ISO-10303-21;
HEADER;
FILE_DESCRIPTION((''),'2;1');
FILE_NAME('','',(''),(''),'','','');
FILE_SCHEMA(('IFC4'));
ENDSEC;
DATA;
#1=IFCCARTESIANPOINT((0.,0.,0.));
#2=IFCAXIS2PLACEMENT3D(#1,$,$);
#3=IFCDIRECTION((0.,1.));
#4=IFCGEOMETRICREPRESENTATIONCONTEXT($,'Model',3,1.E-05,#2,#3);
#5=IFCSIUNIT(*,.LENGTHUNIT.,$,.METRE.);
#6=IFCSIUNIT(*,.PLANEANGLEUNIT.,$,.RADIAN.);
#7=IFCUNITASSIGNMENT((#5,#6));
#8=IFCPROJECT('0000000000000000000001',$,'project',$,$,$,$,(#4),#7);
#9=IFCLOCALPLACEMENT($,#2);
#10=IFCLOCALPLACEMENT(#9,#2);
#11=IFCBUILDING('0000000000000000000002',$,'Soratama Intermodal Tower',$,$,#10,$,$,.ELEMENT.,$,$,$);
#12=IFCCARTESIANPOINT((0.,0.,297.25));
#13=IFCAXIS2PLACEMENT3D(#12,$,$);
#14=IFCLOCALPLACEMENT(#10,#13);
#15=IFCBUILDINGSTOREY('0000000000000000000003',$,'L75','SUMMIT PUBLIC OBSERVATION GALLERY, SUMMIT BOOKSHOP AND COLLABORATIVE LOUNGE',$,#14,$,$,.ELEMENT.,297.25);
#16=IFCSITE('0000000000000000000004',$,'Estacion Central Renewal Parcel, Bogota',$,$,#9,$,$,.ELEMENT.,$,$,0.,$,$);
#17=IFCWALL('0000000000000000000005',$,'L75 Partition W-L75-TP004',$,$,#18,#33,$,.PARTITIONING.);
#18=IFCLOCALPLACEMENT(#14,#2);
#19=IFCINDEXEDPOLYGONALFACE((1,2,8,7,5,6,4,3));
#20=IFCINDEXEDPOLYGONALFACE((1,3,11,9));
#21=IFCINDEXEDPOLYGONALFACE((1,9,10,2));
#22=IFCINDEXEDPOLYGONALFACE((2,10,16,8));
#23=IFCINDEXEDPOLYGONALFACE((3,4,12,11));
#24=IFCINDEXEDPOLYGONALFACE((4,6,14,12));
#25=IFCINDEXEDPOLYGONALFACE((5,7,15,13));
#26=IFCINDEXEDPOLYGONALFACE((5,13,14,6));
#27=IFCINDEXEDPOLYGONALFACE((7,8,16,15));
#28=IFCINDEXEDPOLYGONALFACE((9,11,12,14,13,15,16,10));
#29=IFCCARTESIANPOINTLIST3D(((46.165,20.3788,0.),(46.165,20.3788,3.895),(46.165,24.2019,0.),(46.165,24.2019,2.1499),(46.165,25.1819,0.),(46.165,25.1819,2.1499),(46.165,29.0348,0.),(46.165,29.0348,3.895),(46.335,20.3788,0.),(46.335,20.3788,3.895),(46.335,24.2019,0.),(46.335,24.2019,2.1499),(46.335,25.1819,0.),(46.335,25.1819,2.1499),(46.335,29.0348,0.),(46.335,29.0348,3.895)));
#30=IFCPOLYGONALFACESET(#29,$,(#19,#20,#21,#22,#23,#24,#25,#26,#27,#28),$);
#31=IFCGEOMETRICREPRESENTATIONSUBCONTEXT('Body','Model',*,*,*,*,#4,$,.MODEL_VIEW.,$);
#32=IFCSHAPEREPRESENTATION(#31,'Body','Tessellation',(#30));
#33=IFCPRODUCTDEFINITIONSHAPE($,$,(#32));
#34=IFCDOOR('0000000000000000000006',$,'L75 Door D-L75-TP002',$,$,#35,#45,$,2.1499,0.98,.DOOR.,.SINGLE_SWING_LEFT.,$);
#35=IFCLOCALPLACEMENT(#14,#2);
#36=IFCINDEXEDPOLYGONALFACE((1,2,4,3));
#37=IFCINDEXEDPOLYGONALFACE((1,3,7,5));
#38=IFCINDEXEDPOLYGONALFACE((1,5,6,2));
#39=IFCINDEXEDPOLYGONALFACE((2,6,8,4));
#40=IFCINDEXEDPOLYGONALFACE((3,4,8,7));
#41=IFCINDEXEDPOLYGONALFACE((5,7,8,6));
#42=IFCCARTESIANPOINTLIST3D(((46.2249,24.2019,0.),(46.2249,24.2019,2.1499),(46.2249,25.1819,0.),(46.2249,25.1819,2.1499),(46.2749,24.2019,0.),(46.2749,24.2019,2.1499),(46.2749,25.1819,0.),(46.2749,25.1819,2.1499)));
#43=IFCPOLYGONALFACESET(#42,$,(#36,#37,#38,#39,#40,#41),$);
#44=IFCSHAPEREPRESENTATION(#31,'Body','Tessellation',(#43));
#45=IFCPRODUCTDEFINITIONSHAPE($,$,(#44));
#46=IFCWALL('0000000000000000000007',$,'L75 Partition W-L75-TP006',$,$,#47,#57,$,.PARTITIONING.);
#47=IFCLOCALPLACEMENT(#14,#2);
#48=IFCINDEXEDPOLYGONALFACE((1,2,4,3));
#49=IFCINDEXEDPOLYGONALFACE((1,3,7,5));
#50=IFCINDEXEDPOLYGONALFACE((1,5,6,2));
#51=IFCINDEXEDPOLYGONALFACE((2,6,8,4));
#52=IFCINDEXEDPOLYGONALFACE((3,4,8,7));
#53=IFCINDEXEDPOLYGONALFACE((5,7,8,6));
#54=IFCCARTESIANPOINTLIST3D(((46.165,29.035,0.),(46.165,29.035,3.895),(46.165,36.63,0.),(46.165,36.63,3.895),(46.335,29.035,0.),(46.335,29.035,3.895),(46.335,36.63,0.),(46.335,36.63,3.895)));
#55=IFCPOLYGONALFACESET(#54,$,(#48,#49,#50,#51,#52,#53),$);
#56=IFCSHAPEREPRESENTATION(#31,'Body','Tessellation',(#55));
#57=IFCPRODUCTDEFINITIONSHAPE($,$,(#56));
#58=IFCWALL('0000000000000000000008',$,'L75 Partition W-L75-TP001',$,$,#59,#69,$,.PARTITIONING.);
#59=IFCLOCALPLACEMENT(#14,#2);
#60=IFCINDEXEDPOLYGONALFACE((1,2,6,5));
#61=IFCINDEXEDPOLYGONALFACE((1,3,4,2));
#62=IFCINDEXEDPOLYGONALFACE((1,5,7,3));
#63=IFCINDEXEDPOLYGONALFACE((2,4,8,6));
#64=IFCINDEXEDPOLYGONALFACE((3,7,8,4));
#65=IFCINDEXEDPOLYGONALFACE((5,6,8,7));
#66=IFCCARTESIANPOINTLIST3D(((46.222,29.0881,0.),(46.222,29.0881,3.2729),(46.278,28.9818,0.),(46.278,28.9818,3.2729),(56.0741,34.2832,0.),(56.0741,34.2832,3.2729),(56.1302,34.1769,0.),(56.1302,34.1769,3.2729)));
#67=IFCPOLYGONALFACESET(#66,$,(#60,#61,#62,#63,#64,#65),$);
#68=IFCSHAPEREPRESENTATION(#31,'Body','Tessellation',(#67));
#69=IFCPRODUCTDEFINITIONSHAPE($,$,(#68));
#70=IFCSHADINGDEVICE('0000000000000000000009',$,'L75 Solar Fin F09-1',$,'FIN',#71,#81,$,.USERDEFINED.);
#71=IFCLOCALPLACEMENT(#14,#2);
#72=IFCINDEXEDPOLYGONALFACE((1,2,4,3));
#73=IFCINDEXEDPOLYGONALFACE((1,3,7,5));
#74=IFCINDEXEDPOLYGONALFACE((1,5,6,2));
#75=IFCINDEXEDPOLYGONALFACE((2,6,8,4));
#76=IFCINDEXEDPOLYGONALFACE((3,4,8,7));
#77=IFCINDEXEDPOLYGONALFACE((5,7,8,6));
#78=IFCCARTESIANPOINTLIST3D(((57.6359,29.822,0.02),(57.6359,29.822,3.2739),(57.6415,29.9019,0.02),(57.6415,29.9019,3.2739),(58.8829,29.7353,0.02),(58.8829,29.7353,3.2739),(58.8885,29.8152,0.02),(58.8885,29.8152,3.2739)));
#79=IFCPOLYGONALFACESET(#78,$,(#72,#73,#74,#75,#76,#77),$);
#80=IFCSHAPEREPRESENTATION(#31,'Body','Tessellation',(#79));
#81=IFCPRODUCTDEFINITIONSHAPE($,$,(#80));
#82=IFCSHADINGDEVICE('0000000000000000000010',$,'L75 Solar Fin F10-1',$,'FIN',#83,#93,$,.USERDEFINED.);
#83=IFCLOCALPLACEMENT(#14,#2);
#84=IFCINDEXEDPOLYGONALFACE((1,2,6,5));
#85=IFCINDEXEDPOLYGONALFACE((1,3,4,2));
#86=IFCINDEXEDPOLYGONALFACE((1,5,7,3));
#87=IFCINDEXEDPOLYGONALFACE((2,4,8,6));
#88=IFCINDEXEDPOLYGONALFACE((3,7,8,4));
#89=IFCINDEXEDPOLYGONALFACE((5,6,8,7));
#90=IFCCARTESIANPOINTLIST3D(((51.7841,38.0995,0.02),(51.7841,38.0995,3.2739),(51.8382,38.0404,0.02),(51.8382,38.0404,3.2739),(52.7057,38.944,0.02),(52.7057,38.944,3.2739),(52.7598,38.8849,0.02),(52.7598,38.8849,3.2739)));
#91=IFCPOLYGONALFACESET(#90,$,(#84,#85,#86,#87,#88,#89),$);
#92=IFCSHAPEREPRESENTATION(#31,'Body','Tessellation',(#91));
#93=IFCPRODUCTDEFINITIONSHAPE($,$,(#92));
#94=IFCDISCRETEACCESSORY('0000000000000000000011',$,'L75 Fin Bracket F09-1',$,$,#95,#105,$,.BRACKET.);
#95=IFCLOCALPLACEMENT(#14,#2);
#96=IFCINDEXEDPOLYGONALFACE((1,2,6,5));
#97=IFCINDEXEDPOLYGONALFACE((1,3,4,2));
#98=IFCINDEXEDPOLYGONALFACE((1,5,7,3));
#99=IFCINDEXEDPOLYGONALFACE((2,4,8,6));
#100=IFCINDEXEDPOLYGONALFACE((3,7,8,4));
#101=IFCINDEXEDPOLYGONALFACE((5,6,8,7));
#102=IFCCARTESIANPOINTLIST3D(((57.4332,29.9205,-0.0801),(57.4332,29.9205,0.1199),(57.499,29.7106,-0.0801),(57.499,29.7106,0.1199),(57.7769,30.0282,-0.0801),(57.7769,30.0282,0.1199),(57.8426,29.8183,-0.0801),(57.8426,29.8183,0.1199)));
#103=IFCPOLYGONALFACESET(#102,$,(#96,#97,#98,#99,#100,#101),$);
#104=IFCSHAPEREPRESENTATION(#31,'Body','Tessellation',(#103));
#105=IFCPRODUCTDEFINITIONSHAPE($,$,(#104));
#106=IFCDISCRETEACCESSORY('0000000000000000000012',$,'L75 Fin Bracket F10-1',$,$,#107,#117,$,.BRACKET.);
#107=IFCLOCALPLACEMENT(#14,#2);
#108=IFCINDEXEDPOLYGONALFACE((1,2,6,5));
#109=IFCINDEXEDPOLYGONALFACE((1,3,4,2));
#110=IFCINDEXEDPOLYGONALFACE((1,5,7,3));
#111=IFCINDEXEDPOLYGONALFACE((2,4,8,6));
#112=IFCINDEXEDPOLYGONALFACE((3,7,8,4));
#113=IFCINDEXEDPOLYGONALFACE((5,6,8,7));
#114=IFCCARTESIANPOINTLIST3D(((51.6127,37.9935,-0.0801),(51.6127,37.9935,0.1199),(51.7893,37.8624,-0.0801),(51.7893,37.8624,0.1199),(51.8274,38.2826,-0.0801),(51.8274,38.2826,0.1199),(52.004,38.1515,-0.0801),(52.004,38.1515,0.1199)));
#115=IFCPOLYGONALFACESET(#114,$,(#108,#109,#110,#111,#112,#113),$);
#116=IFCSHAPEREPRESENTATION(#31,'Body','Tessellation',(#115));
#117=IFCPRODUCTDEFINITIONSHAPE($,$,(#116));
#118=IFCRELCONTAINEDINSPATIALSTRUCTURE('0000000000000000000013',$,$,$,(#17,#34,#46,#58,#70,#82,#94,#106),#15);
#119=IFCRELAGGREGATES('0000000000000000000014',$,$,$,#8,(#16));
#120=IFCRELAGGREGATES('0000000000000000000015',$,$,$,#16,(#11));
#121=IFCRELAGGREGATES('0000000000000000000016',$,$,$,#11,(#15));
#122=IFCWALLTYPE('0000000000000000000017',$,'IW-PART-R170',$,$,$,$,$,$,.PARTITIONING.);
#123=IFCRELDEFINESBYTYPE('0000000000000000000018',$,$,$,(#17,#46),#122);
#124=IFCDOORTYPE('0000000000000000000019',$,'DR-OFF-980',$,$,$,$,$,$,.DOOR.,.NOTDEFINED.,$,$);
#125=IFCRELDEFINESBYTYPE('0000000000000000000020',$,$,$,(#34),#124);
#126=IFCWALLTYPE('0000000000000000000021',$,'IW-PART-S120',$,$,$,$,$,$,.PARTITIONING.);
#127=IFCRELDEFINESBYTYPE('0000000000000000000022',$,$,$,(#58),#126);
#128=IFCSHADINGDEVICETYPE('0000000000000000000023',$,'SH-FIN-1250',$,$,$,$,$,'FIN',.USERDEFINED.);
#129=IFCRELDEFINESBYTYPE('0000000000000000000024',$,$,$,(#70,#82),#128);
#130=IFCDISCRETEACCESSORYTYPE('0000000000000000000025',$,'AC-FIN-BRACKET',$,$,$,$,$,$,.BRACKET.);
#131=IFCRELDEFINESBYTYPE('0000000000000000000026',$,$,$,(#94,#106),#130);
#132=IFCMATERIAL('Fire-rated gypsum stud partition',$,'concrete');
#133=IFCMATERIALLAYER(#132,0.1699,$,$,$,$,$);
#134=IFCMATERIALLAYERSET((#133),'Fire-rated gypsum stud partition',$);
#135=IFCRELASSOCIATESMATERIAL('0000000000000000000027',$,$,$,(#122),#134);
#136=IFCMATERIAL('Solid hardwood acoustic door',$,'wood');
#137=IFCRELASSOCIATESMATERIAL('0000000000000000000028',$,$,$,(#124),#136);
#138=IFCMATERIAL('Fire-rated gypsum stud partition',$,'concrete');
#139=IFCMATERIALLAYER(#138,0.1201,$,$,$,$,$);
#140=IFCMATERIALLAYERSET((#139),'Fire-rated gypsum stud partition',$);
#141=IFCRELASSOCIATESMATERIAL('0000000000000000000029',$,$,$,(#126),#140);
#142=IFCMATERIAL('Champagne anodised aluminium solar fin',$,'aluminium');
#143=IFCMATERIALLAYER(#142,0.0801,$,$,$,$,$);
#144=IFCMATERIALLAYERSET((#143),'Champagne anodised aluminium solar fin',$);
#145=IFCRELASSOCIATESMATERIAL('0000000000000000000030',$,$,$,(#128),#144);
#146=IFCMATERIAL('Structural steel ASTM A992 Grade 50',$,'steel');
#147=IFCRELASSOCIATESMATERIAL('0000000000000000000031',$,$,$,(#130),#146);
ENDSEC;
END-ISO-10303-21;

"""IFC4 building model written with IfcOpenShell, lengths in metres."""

from ifc_helpers import new_model, si_unit, direction, frame, frame_2d, origin, origin_2d, place, context, subcontext, project, spatial, rectangle, extrude, material, layer, layer_set, type_object, element, fill, save


model = new_model("IFC4")

# Units and contexts
model_context = context("Model", 3, precision=1e-05, world=origin(), true_north=direction((0.0, 1.0)))
body_context = subcontext(model_context, "Body", "Model", "MODEL_VIEW")
ifc_project = project(units=[si_unit("LENGTHUNIT", "METRE"), si_unit("PLANEANGLEUNIT", "RADIAN")], contexts=[model_context])

# Site, building, storey
site_placement = place(None, origin())
site = spatial("IfcSite", under=ifc_project, at=site_placement, Name="Estacion Central Renewal Parcel, Bogota", CompositionType="ELEMENT", RefElevation=0.0)
building_placement = place(site_placement, origin())
building = spatial("IfcBuilding", under=site, at=building_placement, Name="Soratama Intermodal Tower", CompositionType="ELEMENT")
storey_placement = place(building_placement, frame((0.0, 0.0, 297.25)))
storey = spatial("IfcBuildingStorey", under=building, at=storey_placement, Name="L75", Description="SUMMIT PUBLIC OBSERVATION GALLERY, SUMMIT BOOKSHOP AND COLLABORATIVE LOUNGE", CompositionType="ELEMENT", Elevation=297.25)

# Wall, opening, door
ifc_material_1 = material(Name="Fire-rated gypsum stud partition", Category="concrete")
ifc_layer_1 = layer(ifc_material_1, 0.1699)
ifc_layer_set_1 = layer_set([ifc_layer_1], Name="Fire-rated gypsum stud partition")
wall_type_1 = type_object("IfcWallType", Name="IW-PART-R170", PredefinedType="PARTITIONING", material=ifc_layer_set_1)
wall_1_placement = place(storey_placement, frame((46.25, 29.0349, 0.0), z_axis=(0.0, 0.0, 1.0), x_axis=(0.0, -1.0, 0.0)))
wall_1 = element("IfcWall", 1, at=wall_1_placement, inside=storey, type_object=wall_type_1, Name="L75 Partition W-L75-TP004", PredefinedType="PARTITIONING", context=body_context, shape_type="SweptSolid", body=[
    extrude(rectangle(XDim=8.656, YDim=0.1699, at=frame_2d((4.3281, 0.0))), origin(), (0.0, 0.0, 1.0), 3.895),
])
opening_1_placement = place(wall_1_placement, frame((3.853, 0.0, 0.0)))
opening_1 = element("IfcOpeningElement", 2, at=opening_1_placement, cuts=wall_1, PredefinedType="OPENING", context=body_context, shape_type="SweptSolid", body=[
    extrude(rectangle(XDim=0.98, YDim=2.1499, at=frame_2d((0.49, 1.075))), frame((0.0, 0.095, 0.0), z_axis=(0.0, -1.0, 0.0), x_axis=(1.0, 0.0, 0.0)), (0.0, 0.0, 1.0), 0.1899),
])
ifc_material_2 = material(Name="Solid hardwood acoustic door", Category="wood")
door_type = type_object("IfcDoorType", Name="DR-OFF-980", OperationType="NOTDEFINED", PredefinedType="DOOR", material=ifc_material_2)
door_placement = place(opening_1_placement, origin())
door = element("IfcDoor", 3, at=door_placement, inside=storey, type_object=door_type, Name="L75 Door D-L75-TP002", OperationType="SINGLE_SWING_LEFT", OverallHeight=2.1499, OverallWidth=0.98, PredefinedType="DOOR", context=body_context, shape_type="SweptSolid", body=[
    extrude(rectangle(XDim=0.98, YDim=2.1499, at=frame_2d((0.49, 1.075))), frame((0.0, 0.0249, 0.0), z_axis=(0.0, -1.0, 0.0), x_axis=(1.0, 0.0, 0.0)), (0.0, 0.0, 1.0), 0.05),
])
fill(opening_1, door)

# Walls
wall_2_placement = place(storey_placement, frame((46.25, 36.6299, 0.0), z_axis=(0.0, 0.0, 1.0), x_axis=(0.0, -1.0, 0.0)))
element("IfcWall", 4, at=wall_2_placement, inside=storey, type_object=wall_type_1, Name="L75 Partition W-L75-TP006", PredefinedType="PARTITIONING", context=body_context, shape_type="SweptSolid", body=[
    extrude(rectangle(XDim=7.595, YDim=0.1699, at=frame_2d((3.7974, 0.0))), origin(), (0.0, 0.0, 1.0), 3.895),
])
ifc_material_3 = material(Name="Fire-rated gypsum stud partition", Category="concrete")
ifc_layer_2 = layer(ifc_material_3, 0.1201)
ifc_layer_set_2 = layer_set([ifc_layer_2], Name="Fire-rated gypsum stud partition")
wall_type_2 = type_object("IfcWallType", Name="IW-PART-S120", PredefinedType="PARTITIONING", material=ifc_layer_set_2)
wall_3_placement = place(storey_placement, frame((56.1021, 34.23, 0.0), z_axis=(0.0, 0.0, 1.0), x_axis=(-0.884556, -0.466434, 0.0)))
element("IfcWall", 5, at=wall_3_placement, inside=storey, type_object=wall_type_2, Name="L75 Partition W-L75-TP001", PredefinedType="PARTITIONING", context=body_context, shape_type="SweptSolid", body=[
    extrude(rectangle(XDim=11.1379, YDim=0.1201, at=frame_2d((5.5688, 0.0))), origin(), (0.0, 0.0, 1.0), 3.2729),
])

# Shading devices
ifc_material_4 = material(Name="Champagne anodised aluminium solar fin", Category="aluminium")
ifc_layer_3 = layer(ifc_material_4, 0.0801)
ifc_layer_set_3 = layer_set([ifc_layer_3], Name="Champagne anodised aluminium solar fin")
shading_device_type = type_object("IfcShadingDeviceType", Name="SH-FIN-1250", ElementType="FIN", PredefinedType="USERDEFINED", material=ifc_layer_set_3)
for number, where, z_axis, x_axis, name in (
    (6, (58.2622, 29.8186, 0.02), (0.0, 0.0, 1.0), (0.997588, -0.069408, 0.0), "L75 Solar Fin F09-1"),
    (7, (52.272, 38.4922, 0.02), (0.0, 0.0, 1.0), (0.737277, 0.67559, 0.0), "L75 Solar Fin F10-1"),
):
    element("IfcShadingDevice", number, at=place(storey_placement, frame(where, z_axis=z_axis, x_axis=x_axis)), inside=storey, type_object=shading_device_type, Name=name, ObjectType="FIN", PredefinedType="USERDEFINED", context=body_context, shape_type="SweptSolid", body=[
        extrude(rectangle(XDim=1.25, YDim=0.0801, at=origin_2d()), origin(), (0.0, 0.0, 1.0), 3.2539),
    ])

# Discrete accessories
ifc_material_5 = material(Name="Structural steel ASTM A992 Grade 50", Category="steel")
discrete_accessory_type = type_object("IfcDiscreteAccessoryType", Name="AC-FIN-BRACKET", PredefinedType="BRACKET", material=ifc_material_5)
for number, where, z_axis, x_axis, name in (
    (8, (57.6379, 29.8694, -0.0801), (0.0, 0.0, 1.0), (0.95424, 0.299041, 0.0), "L75 Fin Bracket F09-1"),
    (9, (51.8083, 38.0725, -0.0801), (0.0, 0.0, 1.0), (0.596225, 0.802817, 0.0), "L75 Fin Bracket F10-1"),
):
    element("IfcDiscreteAccessory", number, at=place(storey_placement, frame(where, z_axis=z_axis, x_axis=x_axis)), inside=storey, type_object=discrete_accessory_type, Name=name, PredefinedType="BRACKET", context=body_context, shape_type="SweptSolid", body=[
        extrude(rectangle(XDim=0.3601, YDim=0.22, at=origin_2d()), origin(), (0.0, 0.0, 1.0), 0.2),
    ])

save(model, "model.ifc")
